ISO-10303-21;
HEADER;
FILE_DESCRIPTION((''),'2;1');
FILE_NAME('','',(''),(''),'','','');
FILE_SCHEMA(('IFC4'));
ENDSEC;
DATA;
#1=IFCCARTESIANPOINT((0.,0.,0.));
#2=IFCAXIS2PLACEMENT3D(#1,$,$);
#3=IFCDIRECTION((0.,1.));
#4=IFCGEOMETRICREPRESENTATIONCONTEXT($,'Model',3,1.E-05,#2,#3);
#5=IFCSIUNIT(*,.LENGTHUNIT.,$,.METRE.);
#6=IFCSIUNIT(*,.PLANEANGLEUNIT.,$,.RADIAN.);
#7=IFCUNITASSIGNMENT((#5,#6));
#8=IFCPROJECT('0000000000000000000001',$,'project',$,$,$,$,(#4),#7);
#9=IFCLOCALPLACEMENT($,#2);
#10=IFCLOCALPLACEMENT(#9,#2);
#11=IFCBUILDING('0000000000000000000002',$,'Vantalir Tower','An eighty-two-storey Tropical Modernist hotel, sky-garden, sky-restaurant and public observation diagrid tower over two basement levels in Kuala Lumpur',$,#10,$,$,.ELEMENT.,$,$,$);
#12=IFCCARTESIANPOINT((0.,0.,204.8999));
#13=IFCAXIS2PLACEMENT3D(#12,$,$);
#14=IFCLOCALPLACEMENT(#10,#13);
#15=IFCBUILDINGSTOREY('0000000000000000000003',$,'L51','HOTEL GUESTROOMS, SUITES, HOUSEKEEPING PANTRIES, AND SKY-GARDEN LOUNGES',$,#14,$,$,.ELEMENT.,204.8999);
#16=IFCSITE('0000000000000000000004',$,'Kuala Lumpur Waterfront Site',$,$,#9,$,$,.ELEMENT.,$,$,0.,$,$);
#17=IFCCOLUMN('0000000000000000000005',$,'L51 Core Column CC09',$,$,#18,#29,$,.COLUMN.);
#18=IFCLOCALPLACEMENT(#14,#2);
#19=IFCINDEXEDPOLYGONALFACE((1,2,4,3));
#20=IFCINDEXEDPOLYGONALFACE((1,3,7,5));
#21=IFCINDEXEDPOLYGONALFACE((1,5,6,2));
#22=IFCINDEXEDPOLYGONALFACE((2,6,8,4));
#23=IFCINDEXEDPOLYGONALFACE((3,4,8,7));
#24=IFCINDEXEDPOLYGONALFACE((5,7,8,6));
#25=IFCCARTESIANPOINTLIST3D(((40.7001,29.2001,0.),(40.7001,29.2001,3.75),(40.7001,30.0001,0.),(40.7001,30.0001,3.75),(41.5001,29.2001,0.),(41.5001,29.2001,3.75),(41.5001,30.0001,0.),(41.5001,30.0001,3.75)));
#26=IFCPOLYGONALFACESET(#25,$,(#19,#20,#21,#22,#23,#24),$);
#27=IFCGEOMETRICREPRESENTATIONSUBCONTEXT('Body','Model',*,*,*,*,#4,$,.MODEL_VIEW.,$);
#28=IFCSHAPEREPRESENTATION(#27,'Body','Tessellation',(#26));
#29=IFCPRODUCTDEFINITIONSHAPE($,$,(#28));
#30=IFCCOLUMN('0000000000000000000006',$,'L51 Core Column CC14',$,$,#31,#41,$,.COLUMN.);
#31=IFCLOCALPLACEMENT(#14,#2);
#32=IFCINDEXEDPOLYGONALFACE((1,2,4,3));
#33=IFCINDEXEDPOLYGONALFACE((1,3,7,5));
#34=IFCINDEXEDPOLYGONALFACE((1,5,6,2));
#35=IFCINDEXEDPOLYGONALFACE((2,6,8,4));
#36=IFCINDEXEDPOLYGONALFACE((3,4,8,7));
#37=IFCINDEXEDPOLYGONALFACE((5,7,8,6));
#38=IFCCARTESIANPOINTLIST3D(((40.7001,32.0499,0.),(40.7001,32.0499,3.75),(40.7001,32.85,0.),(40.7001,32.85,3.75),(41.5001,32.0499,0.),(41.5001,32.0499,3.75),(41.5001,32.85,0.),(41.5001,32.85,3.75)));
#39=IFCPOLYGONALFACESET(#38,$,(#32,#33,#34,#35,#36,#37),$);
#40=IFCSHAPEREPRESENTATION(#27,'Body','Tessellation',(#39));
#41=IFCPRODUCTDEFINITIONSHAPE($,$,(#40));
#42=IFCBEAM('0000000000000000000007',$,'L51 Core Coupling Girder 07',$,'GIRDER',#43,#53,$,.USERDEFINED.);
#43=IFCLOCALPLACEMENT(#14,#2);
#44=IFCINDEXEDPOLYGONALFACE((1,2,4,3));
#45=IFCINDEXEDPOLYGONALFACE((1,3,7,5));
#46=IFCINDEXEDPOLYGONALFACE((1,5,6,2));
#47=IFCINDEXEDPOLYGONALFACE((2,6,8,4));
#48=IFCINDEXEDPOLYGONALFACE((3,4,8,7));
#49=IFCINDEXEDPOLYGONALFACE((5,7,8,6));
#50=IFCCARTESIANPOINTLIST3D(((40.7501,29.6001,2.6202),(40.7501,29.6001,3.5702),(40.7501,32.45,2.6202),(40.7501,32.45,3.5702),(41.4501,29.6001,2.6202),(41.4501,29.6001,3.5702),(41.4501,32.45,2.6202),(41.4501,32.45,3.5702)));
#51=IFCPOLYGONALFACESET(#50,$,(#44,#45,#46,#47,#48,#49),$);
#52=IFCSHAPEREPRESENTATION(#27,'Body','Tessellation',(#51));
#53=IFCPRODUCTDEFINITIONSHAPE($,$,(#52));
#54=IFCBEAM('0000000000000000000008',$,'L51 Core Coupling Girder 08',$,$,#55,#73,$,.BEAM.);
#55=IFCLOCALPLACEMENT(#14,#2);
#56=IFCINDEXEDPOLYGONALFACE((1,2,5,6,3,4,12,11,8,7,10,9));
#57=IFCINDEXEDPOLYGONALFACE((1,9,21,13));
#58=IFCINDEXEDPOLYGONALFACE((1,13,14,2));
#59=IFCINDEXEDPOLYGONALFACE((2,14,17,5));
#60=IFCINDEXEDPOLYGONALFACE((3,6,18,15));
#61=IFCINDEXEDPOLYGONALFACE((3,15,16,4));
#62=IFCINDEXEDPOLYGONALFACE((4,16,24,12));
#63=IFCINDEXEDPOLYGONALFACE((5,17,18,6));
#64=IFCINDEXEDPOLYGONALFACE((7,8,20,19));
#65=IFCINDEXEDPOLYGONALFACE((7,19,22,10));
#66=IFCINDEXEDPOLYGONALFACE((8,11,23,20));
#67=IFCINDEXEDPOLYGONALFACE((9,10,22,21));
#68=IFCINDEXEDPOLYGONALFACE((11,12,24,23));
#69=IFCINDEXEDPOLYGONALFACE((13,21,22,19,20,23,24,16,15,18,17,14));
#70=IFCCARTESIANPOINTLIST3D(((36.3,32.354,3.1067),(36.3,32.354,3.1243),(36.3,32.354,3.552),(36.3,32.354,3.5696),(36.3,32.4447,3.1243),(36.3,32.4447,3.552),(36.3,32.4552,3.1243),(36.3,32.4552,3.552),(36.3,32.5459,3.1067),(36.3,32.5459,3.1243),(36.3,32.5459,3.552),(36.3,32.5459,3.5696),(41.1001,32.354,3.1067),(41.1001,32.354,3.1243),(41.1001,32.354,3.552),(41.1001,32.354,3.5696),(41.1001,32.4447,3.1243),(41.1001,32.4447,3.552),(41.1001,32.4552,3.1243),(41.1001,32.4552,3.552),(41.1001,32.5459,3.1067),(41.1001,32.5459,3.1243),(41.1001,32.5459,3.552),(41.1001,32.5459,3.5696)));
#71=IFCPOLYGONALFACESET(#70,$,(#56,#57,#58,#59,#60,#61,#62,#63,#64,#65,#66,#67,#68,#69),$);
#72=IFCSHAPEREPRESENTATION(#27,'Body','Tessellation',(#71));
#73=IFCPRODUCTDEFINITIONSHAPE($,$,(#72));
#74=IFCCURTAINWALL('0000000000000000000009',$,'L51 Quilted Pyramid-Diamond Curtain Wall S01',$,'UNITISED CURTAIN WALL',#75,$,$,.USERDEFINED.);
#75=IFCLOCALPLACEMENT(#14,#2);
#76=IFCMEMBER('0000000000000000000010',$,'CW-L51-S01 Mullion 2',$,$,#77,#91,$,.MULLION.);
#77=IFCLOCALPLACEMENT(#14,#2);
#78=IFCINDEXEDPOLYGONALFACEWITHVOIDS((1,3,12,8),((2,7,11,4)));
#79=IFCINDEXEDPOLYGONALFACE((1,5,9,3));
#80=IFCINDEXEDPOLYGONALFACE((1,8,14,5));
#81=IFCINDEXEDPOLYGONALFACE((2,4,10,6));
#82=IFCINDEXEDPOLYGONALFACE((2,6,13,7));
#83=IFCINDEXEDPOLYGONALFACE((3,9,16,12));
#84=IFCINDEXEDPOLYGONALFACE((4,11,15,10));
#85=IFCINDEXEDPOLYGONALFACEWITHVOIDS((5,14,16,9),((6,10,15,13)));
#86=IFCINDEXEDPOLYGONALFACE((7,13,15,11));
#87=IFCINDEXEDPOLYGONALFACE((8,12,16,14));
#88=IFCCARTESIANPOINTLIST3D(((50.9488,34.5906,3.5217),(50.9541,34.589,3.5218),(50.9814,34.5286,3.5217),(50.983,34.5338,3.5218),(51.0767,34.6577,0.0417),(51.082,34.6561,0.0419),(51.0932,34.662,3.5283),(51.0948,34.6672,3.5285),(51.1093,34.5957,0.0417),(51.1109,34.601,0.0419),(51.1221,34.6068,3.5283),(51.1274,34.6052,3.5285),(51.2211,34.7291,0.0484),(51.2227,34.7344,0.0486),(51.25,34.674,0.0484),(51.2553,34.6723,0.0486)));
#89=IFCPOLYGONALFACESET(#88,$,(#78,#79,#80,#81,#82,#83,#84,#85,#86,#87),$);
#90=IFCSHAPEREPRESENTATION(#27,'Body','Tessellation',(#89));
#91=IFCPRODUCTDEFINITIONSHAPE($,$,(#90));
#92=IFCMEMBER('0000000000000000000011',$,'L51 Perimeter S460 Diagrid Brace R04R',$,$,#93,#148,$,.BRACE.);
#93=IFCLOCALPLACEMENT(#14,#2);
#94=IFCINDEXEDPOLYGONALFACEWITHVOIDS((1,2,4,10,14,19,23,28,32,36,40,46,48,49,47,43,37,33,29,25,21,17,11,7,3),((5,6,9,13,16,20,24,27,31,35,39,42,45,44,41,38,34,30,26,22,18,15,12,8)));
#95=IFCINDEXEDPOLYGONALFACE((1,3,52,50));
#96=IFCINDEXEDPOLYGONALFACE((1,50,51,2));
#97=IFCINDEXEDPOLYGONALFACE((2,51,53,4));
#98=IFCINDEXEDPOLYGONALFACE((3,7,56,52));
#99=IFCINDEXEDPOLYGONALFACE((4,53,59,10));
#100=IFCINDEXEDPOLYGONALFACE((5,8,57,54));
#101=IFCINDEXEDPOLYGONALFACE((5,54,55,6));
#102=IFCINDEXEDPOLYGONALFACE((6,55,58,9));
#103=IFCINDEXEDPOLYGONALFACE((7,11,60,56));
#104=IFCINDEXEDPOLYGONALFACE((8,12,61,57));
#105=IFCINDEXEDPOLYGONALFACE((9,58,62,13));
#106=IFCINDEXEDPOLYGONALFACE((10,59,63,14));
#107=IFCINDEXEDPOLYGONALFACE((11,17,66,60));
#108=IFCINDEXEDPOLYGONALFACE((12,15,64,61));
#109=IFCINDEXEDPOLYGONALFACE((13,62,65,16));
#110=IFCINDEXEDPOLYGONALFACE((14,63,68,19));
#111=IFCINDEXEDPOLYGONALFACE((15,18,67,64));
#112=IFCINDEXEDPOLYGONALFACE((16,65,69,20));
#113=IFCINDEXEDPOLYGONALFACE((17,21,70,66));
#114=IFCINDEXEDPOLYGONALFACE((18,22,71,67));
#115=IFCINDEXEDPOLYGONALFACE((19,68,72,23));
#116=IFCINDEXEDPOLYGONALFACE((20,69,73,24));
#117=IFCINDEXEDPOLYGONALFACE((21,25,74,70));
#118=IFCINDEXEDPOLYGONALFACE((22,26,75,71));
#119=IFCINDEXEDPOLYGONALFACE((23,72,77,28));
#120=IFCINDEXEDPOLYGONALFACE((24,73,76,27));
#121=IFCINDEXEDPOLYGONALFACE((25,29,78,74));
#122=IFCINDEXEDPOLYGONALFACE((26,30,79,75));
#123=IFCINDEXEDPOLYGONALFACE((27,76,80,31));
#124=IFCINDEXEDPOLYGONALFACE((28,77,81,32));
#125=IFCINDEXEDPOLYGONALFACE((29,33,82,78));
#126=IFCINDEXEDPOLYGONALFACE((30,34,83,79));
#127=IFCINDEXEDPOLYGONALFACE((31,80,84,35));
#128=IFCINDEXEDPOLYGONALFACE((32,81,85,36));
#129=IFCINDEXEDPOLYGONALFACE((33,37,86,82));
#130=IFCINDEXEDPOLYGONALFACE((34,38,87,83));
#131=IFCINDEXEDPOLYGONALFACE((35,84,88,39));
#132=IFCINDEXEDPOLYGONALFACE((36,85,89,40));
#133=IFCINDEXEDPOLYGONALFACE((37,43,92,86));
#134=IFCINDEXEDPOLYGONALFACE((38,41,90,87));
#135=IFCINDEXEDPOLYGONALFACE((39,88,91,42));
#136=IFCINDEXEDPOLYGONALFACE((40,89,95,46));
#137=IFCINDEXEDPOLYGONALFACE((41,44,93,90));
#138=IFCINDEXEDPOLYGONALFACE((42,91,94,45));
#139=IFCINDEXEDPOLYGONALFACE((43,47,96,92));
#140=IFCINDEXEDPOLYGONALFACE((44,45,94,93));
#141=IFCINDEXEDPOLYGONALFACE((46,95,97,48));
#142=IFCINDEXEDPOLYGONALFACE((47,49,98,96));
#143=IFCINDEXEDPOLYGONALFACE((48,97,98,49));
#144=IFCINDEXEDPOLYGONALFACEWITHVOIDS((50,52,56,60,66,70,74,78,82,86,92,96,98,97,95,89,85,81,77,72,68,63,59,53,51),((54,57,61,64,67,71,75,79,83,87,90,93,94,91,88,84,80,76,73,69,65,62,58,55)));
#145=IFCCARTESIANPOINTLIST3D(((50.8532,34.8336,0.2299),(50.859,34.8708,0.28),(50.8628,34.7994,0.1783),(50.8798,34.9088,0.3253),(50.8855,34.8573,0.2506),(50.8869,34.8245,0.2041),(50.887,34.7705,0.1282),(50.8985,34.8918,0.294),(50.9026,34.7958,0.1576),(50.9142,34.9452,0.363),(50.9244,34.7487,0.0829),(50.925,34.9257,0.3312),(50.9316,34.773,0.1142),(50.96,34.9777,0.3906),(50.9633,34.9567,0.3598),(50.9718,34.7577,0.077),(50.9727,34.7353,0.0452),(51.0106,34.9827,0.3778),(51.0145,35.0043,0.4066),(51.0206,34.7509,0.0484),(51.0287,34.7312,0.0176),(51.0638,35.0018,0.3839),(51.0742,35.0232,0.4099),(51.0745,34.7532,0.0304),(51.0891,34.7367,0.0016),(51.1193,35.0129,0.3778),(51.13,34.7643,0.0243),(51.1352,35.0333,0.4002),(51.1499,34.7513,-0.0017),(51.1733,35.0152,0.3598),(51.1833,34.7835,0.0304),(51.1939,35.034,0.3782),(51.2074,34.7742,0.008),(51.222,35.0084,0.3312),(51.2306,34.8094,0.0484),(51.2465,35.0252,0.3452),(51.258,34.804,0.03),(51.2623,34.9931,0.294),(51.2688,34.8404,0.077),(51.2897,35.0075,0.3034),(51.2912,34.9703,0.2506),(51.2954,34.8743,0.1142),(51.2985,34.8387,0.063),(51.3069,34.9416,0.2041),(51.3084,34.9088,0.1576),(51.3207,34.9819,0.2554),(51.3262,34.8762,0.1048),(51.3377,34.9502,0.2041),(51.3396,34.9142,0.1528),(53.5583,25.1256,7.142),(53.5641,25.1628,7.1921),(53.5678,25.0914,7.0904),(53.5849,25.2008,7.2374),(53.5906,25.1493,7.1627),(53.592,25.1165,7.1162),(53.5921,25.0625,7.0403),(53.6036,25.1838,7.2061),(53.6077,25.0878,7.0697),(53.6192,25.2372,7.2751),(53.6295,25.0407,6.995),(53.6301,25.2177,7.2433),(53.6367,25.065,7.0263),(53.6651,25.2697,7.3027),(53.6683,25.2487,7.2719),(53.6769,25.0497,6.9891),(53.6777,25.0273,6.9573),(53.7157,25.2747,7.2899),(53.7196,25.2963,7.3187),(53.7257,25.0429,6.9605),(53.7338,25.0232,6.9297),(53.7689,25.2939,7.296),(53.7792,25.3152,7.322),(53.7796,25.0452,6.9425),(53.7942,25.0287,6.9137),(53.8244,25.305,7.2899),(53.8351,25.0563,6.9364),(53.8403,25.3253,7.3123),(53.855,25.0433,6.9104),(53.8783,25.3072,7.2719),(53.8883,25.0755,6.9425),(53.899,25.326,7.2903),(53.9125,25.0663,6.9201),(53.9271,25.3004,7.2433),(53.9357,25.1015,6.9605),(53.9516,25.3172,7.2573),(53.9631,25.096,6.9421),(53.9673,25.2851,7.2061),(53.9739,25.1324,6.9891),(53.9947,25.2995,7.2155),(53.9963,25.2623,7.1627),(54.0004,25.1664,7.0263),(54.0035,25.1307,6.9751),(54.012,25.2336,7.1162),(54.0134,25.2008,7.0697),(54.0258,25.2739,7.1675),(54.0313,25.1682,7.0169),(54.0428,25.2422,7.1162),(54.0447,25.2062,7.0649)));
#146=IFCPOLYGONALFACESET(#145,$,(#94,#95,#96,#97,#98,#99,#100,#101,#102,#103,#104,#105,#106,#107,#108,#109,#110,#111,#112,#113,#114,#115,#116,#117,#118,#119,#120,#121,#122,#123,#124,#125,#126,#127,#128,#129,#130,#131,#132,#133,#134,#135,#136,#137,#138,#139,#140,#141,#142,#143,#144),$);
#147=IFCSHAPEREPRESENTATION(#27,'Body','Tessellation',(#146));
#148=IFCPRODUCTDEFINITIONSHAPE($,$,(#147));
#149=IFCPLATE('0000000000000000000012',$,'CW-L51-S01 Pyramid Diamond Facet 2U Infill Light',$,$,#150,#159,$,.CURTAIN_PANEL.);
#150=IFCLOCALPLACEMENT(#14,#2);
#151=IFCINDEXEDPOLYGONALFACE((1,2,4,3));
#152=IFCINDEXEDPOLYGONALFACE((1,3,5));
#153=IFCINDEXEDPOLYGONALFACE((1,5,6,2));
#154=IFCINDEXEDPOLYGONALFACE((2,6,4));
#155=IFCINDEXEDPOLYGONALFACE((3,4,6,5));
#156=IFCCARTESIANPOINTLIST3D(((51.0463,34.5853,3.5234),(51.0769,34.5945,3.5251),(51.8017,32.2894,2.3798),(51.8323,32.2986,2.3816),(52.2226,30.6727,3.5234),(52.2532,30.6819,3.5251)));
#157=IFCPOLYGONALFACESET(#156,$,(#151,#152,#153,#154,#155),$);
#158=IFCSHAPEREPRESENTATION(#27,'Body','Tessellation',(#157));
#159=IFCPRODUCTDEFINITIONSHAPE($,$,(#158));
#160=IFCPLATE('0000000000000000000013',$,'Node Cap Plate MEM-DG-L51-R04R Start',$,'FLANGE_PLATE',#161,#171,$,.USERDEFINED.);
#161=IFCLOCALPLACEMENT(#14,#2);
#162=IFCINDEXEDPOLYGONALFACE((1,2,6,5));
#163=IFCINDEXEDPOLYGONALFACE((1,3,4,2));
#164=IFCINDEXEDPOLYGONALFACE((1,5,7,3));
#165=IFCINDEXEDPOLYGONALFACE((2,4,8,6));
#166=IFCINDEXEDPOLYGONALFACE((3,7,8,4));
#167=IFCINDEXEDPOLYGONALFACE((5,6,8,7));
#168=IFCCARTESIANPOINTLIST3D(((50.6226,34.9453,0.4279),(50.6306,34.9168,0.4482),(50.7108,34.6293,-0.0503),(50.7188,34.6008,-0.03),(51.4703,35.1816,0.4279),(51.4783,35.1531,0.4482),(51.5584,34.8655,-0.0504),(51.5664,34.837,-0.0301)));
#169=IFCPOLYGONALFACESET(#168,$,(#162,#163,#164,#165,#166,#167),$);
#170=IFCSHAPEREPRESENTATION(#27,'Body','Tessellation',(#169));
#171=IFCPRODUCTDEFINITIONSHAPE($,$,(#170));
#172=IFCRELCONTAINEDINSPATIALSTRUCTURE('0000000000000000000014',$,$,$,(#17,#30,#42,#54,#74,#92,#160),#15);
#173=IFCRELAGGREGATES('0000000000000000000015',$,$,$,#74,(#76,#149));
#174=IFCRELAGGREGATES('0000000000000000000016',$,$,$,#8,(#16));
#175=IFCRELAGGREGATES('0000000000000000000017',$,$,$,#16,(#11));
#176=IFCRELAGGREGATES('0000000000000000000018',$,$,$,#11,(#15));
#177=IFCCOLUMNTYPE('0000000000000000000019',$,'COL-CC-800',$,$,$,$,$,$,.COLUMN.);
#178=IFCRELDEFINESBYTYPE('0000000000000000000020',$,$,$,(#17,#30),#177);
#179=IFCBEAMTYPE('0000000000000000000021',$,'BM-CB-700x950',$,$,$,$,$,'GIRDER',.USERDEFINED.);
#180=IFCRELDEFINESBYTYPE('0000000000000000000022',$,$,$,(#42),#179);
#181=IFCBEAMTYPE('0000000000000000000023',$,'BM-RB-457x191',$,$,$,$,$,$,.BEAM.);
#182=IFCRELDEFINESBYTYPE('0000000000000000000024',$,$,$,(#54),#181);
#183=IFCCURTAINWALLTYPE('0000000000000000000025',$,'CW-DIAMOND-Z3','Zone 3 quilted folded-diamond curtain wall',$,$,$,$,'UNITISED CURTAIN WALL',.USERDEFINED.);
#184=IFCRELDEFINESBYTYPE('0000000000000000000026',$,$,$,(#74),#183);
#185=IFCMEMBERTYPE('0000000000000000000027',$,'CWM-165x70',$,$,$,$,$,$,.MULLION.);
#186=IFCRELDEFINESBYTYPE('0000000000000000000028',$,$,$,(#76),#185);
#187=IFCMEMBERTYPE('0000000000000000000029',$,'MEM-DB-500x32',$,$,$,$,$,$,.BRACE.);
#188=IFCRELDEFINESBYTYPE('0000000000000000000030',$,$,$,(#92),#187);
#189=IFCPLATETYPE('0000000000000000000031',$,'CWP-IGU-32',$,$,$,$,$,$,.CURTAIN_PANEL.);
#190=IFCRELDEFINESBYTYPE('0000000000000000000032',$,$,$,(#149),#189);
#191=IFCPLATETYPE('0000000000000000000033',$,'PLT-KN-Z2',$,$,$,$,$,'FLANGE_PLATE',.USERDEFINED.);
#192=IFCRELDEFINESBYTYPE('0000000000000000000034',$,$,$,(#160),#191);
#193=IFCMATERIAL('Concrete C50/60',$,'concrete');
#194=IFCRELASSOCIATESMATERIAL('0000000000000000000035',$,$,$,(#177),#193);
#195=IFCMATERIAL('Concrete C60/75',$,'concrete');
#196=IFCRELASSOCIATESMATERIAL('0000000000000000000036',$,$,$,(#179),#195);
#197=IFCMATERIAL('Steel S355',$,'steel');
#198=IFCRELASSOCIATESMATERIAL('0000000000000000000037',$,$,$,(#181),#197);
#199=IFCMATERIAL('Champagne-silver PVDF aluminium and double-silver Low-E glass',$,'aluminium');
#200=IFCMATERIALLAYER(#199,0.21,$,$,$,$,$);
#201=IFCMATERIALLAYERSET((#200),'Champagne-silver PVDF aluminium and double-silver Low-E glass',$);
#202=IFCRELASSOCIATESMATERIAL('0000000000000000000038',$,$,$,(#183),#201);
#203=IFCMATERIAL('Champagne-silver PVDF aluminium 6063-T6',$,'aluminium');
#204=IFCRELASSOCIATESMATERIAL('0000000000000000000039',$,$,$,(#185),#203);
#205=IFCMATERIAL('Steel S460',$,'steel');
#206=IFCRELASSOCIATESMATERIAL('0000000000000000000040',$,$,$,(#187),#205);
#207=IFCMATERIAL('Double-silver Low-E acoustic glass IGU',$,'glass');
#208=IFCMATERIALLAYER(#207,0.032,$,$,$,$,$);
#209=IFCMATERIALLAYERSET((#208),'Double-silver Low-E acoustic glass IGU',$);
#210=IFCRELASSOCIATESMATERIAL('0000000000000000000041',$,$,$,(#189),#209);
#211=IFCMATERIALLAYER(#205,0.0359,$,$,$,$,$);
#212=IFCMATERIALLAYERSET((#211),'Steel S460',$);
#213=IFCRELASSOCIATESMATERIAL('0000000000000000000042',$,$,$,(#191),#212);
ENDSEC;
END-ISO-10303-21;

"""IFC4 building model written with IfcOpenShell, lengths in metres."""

from ifc_helpers import new_model, si_unit, direction, frame, origin, origin_2d, place, context, subcontext, project, spatial, polyline, rectangle, hollow_rectangle, hollow_circle, i_section, outline, extrude, material, layer, layer_set, material_profile, profile_set, type_object, element, aggregate, save


model = new_model("IFC4")

# Units and contexts
model_context = context("Model", 3, precision=1e-05, world=origin(), true_north=direction((0.0, 1.0)))
body_context = subcontext(model_context, "Body", "Model", "MODEL_VIEW")
ifc_project = project(units=[si_unit("LENGTHUNIT", "METRE"), si_unit("PLANEANGLEUNIT", "RADIAN")], contexts=[model_context])

# Site, building, storey
site_placement = place(None, origin())
site = spatial("IfcSite", under=ifc_project, at=site_placement, Name="Kuala Lumpur Waterfront Site", CompositionType="ELEMENT", RefElevation=0.0)
building_placement = place(site_placement, origin())
building = spatial("IfcBuilding", under=site, at=building_placement, Name="Vantalir Tower", Description="An eighty-two-storey Tropical Modernist hotel, sky-garden, sky-restaurant and public observation diagrid tower over two basement levels in Kuala Lumpur", CompositionType="ELEMENT")
storey_placement = place(building_placement, frame((0.0, 0.0, 204.8999)))
storey = spatial("IfcBuildingStorey", under=building, at=storey_placement, Name="L51", Description="HOTEL GUESTROOMS, SUITES, HOUSEKEEPING PANTRIES, AND SKY-GARDEN LOUNGES", CompositionType="ELEMENT", Elevation=204.8999)

# Columns
ifc_material_1 = material(Name="Concrete C50/60", Category="concrete")
ifc_material_profile_1 = material_profile(ifc_material_1, rectangle(XDim=0.8, YDim=0.8, at=origin_2d()), Name="Concrete C50/60")
ifc_profile_set_1 = profile_set([ifc_material_profile_1], Name="Concrete C50/60")
column_type = type_object("IfcColumnType", Name="COL-CC-800", PredefinedType="COLUMN", material=ifc_profile_set_1)
for number, where, z_axis, x_axis, name in (
    (1, (41.1001, 29.6001, 0.0), (0.0, 0.0, 1.0), (1.0, 0.0, 0.0), "L51 Core Column CC09"),
    (2, (41.1001, 32.45, 0.0), (0.0, 0.0, 1.0), (1.0, 0.0, 0.0), "L51 Core Column CC14"),
):
    element("IfcColumn", number, at=place(storey_placement, frame(where, z_axis=z_axis, x_axis=x_axis)), inside=storey, type_object=column_type, Name=name, PredefinedType="COLUMN", context=body_context, shape_type="SweptSolid", body=[
        extrude(rectangle(XDim=0.8, YDim=0.8, at=origin_2d()), origin(), (0.0, 0.0, 1.0), 3.75),
    ])

# Beams
ifc_material_2 = material(Name="Concrete C60/75", Category="concrete")
ifc_material_profile_2 = material_profile(ifc_material_2, rectangle(XDim=0.7, YDim=0.95, at=origin_2d()), Name="Concrete C60/75")
ifc_profile_set_2 = profile_set([ifc_material_profile_2], Name="Concrete C60/75")
beam_type_1 = type_object("IfcBeamType", Name="BM-CB-700x950", ElementType="GIRDER", PredefinedType="USERDEFINED", material=ifc_profile_set_2)
beam_1_placement = place(storey_placement, frame((41.1001, 29.6001, 3.0952), z_axis=(0.0, 1.0, 0.0), x_axis=(-1.0, 0.0, 0.0)))
element("IfcBeam", 3, at=beam_1_placement, inside=storey, type_object=beam_type_1, Name="L51 Core Coupling Girder 07", ObjectType="GIRDER", PredefinedType="USERDEFINED", context=body_context, shape_type="SweptSolid", body=[
    extrude(rectangle(XDim=0.7, YDim=0.95, at=origin_2d()), origin(), (0.0, 0.0, 1.0), 2.8499),
])
ifc_material_3 = material(Name="Steel S355", Category="steel")
ifc_material_profile_3 = material_profile(ifc_material_3, i_section(OverallWidth=0.1919, OverallDepth=0.4629, WebThickness=0.0105, FlangeThickness=0.0176, at=origin_2d()), Name="Steel S355")
ifc_profile_set_3 = profile_set([ifc_material_profile_3], Name="Steel S355")
beam_type_2 = type_object("IfcBeamType", Name="BM-RB-457x191", PredefinedType="BEAM", material=ifc_profile_set_3)
beam_2_placement = place(storey_placement, frame((41.1001, 32.45, 3.3381), z_axis=(-1.0, 0.0, 0.0), x_axis=(0.0, -1.0, 0.0)))
element("IfcBeam", 4, at=beam_2_placement, inside=storey, type_object=beam_type_2, Name="L51 Core Coupling Girder 08", PredefinedType="BEAM", context=body_context, shape_type="SweptSolid", body=[
    extrude(i_section(OverallWidth=0.1919, OverallDepth=0.4629, WebThickness=0.0105, FlangeThickness=0.0176, at=origin_2d()), origin(), (0.0, 0.0, 1.0), 4.8),
])

# Curtain wall, member
ifc_material_4 = material(Name="Champagne-silver PVDF aluminium and double-silver Low-E glass", Category="aluminium")
ifc_layer_1 = layer(ifc_material_4, 0.21)
ifc_layer_set_1 = layer_set([ifc_layer_1], Name="Champagne-silver PVDF aluminium and double-silver Low-E glass")
curtain_wall_type = type_object("IfcCurtainWallType", Name="CW-DIAMOND-Z3", Description="Zone 3 quilted folded-diamond curtain wall", ElementType="UNITISED CURTAIN WALL", PredefinedType="USERDEFINED", material=ifc_layer_set_1)
curtain_wall_placement = place(storey_placement, origin())
curtain_wall = element("IfcCurtainWall", 5, at=curtain_wall_placement, inside=storey, type_object=curtain_wall_type, Name="L51 Quilted Pyramid-Diamond Curtain Wall S01", ObjectType="UNITISED CURTAIN WALL", PredefinedType="USERDEFINED")
ifc_material_5 = material(Name="Champagne-silver PVDF aluminium 6063-T6", Category="aluminium")
ifc_material_profile_4 = material_profile(ifc_material_5, hollow_rectangle(XDim=0.0701, YDim=0.165, WallThickness=0.0039, at=origin_2d()), Name="Champagne-silver PVDF aluminium 6063-T6")
ifc_profile_set_4 = profile_set([ifc_material_profile_4], Name="Champagne-silver PVDF aluminium 6063-T6")
member_type_1 = type_object("IfcMemberType", Name="CWM-165x70", PredefinedType="MULLION", material=ifc_profile_set_4)
member_1_placement = place(storey_placement, frame((51.166, 34.665, 0.0452), z_axis=(-0.03673, -0.019276, 0.999139), x_axis=(0.464701, -0.885467, 0.0)))
member_1 = element("IfcMember", 6, at=member_1_placement, type_object=member_type_1, Name="CW-L51-S01 Mullion 2", PredefinedType="MULLION", context=body_context, shape_type="SweptSolid", body=[
    extrude(hollow_rectangle(XDim=0.0701, YDim=0.165, WallThickness=0.0039, at=origin_2d()), origin(), (0.0, 0.0, 1.0), 3.4829),
])

# Member
ifc_material_6 = material(Name="Steel S460", Category="steel")
ifc_material_profile_5 = material_profile(ifc_material_6, hollow_circle(Radius=0.25, WallThickness=0.032, at=origin_2d()), Name="Steel S460")
ifc_profile_set_5 = profile_set([ifc_material_profile_5], Name="Steel S460")
member_type_2 = type_object("IfcMemberType", Name="MEM-DB-500x32", PredefinedType="BRACE", material=ifc_profile_set_5)
member_2_placement = place(storey_placement, frame((51.0969, 34.8831, 0.2041), z_axis=(0.221356, -0.794405, 0.565617), x_axis=(0.963302, 0.268418, 0.0)))
element("IfcMember", 7, at=member_2_placement, inside=storey, type_object=member_type_2, Name="L51 Perimeter S460 Diagrid Brace R04R", PredefinedType="BRACE", context=body_context, shape_type="SweptSolid", body=[
    extrude(hollow_circle(Radius=0.25, WallThickness=0.032, at=origin_2d()), origin(), (0.0, 0.0, 1.0), 12.2205),
])

# Plates
ifc_material_7 = material(Name="Double-silver Low-E acoustic glass IGU", Category="glass")
ifc_layer_2 = layer(ifc_material_7, 0.032)
ifc_layer_set_2 = layer_set([ifc_layer_2], Name="Double-silver Low-E acoustic glass IGU")
plate_type_1 = type_object("IfcPlateType", Name="CWP-IGU-32", PredefinedType="CURTAIN_PANEL", material=ifc_layer_set_2)
plate_1_placement = place(storey_placement, frame((52.2532, 30.6819, 3.5251), z_axis=(0.956237, 0.28748, 0.05447), x_axis=(-0.287907, 0.957658, 0.0)))
plate_1 = element("IfcPlate", 8, at=plate_1_placement, type_object=plate_type_1, Name="CW-L51-S01 Pyramid Diamond Facet 2U Infill Light", PredefinedType="CURTAIN_PANEL", context=body_context, shape_type="SweptSolid", body=[
    extrude(outline(polyline([(0.0, 0.0), (4.0856, 0.0), (1.6694, -1.1453), (0.0, 0.0)])), origin(), (0.0, 0.0, -1.0), 0.032),
])
aggregate(curtain_wall, [member_1, plate_1])
ifc_layer_3 = layer(ifc_material_6, 0.0359)
ifc_layer_set_3 = layer_set([ifc_layer_3], Name="Steel S460")
plate_type_2 = type_object("IfcPlateType", Name="PLT-KN-Z2", ElementType="FLANGE_PLATE", PredefinedType="USERDEFINED", material=ifc_layer_set_3)
plate_2_placement = place(storey_placement, frame((50.7188, 34.6008, -0.03), z_axis=(0.221352, -0.794351, 0.565694), x_axis=(0.96331, 0.26839, -0.000062)))
element("IfcPlate", 9, at=plate_2_placement, inside=storey, type_object=plate_type_2, Name="Node Cap Plate MEM-DG-L51-R04R Start", ObjectType="FLANGE_PLATE", PredefinedType="USERDEFINED", context=body_context, shape_type="SweptSolid", body=[
    extrude(outline(polyline([(0.0, 0.0), (0.8799, 0.0), (0.8798, 0.5801), (-0.0001, 0.5799), (0.0, 0.0)])), origin(), (0.0, 0.0, -1.0), 0.0359),
])

save(model, "model.ifc")
